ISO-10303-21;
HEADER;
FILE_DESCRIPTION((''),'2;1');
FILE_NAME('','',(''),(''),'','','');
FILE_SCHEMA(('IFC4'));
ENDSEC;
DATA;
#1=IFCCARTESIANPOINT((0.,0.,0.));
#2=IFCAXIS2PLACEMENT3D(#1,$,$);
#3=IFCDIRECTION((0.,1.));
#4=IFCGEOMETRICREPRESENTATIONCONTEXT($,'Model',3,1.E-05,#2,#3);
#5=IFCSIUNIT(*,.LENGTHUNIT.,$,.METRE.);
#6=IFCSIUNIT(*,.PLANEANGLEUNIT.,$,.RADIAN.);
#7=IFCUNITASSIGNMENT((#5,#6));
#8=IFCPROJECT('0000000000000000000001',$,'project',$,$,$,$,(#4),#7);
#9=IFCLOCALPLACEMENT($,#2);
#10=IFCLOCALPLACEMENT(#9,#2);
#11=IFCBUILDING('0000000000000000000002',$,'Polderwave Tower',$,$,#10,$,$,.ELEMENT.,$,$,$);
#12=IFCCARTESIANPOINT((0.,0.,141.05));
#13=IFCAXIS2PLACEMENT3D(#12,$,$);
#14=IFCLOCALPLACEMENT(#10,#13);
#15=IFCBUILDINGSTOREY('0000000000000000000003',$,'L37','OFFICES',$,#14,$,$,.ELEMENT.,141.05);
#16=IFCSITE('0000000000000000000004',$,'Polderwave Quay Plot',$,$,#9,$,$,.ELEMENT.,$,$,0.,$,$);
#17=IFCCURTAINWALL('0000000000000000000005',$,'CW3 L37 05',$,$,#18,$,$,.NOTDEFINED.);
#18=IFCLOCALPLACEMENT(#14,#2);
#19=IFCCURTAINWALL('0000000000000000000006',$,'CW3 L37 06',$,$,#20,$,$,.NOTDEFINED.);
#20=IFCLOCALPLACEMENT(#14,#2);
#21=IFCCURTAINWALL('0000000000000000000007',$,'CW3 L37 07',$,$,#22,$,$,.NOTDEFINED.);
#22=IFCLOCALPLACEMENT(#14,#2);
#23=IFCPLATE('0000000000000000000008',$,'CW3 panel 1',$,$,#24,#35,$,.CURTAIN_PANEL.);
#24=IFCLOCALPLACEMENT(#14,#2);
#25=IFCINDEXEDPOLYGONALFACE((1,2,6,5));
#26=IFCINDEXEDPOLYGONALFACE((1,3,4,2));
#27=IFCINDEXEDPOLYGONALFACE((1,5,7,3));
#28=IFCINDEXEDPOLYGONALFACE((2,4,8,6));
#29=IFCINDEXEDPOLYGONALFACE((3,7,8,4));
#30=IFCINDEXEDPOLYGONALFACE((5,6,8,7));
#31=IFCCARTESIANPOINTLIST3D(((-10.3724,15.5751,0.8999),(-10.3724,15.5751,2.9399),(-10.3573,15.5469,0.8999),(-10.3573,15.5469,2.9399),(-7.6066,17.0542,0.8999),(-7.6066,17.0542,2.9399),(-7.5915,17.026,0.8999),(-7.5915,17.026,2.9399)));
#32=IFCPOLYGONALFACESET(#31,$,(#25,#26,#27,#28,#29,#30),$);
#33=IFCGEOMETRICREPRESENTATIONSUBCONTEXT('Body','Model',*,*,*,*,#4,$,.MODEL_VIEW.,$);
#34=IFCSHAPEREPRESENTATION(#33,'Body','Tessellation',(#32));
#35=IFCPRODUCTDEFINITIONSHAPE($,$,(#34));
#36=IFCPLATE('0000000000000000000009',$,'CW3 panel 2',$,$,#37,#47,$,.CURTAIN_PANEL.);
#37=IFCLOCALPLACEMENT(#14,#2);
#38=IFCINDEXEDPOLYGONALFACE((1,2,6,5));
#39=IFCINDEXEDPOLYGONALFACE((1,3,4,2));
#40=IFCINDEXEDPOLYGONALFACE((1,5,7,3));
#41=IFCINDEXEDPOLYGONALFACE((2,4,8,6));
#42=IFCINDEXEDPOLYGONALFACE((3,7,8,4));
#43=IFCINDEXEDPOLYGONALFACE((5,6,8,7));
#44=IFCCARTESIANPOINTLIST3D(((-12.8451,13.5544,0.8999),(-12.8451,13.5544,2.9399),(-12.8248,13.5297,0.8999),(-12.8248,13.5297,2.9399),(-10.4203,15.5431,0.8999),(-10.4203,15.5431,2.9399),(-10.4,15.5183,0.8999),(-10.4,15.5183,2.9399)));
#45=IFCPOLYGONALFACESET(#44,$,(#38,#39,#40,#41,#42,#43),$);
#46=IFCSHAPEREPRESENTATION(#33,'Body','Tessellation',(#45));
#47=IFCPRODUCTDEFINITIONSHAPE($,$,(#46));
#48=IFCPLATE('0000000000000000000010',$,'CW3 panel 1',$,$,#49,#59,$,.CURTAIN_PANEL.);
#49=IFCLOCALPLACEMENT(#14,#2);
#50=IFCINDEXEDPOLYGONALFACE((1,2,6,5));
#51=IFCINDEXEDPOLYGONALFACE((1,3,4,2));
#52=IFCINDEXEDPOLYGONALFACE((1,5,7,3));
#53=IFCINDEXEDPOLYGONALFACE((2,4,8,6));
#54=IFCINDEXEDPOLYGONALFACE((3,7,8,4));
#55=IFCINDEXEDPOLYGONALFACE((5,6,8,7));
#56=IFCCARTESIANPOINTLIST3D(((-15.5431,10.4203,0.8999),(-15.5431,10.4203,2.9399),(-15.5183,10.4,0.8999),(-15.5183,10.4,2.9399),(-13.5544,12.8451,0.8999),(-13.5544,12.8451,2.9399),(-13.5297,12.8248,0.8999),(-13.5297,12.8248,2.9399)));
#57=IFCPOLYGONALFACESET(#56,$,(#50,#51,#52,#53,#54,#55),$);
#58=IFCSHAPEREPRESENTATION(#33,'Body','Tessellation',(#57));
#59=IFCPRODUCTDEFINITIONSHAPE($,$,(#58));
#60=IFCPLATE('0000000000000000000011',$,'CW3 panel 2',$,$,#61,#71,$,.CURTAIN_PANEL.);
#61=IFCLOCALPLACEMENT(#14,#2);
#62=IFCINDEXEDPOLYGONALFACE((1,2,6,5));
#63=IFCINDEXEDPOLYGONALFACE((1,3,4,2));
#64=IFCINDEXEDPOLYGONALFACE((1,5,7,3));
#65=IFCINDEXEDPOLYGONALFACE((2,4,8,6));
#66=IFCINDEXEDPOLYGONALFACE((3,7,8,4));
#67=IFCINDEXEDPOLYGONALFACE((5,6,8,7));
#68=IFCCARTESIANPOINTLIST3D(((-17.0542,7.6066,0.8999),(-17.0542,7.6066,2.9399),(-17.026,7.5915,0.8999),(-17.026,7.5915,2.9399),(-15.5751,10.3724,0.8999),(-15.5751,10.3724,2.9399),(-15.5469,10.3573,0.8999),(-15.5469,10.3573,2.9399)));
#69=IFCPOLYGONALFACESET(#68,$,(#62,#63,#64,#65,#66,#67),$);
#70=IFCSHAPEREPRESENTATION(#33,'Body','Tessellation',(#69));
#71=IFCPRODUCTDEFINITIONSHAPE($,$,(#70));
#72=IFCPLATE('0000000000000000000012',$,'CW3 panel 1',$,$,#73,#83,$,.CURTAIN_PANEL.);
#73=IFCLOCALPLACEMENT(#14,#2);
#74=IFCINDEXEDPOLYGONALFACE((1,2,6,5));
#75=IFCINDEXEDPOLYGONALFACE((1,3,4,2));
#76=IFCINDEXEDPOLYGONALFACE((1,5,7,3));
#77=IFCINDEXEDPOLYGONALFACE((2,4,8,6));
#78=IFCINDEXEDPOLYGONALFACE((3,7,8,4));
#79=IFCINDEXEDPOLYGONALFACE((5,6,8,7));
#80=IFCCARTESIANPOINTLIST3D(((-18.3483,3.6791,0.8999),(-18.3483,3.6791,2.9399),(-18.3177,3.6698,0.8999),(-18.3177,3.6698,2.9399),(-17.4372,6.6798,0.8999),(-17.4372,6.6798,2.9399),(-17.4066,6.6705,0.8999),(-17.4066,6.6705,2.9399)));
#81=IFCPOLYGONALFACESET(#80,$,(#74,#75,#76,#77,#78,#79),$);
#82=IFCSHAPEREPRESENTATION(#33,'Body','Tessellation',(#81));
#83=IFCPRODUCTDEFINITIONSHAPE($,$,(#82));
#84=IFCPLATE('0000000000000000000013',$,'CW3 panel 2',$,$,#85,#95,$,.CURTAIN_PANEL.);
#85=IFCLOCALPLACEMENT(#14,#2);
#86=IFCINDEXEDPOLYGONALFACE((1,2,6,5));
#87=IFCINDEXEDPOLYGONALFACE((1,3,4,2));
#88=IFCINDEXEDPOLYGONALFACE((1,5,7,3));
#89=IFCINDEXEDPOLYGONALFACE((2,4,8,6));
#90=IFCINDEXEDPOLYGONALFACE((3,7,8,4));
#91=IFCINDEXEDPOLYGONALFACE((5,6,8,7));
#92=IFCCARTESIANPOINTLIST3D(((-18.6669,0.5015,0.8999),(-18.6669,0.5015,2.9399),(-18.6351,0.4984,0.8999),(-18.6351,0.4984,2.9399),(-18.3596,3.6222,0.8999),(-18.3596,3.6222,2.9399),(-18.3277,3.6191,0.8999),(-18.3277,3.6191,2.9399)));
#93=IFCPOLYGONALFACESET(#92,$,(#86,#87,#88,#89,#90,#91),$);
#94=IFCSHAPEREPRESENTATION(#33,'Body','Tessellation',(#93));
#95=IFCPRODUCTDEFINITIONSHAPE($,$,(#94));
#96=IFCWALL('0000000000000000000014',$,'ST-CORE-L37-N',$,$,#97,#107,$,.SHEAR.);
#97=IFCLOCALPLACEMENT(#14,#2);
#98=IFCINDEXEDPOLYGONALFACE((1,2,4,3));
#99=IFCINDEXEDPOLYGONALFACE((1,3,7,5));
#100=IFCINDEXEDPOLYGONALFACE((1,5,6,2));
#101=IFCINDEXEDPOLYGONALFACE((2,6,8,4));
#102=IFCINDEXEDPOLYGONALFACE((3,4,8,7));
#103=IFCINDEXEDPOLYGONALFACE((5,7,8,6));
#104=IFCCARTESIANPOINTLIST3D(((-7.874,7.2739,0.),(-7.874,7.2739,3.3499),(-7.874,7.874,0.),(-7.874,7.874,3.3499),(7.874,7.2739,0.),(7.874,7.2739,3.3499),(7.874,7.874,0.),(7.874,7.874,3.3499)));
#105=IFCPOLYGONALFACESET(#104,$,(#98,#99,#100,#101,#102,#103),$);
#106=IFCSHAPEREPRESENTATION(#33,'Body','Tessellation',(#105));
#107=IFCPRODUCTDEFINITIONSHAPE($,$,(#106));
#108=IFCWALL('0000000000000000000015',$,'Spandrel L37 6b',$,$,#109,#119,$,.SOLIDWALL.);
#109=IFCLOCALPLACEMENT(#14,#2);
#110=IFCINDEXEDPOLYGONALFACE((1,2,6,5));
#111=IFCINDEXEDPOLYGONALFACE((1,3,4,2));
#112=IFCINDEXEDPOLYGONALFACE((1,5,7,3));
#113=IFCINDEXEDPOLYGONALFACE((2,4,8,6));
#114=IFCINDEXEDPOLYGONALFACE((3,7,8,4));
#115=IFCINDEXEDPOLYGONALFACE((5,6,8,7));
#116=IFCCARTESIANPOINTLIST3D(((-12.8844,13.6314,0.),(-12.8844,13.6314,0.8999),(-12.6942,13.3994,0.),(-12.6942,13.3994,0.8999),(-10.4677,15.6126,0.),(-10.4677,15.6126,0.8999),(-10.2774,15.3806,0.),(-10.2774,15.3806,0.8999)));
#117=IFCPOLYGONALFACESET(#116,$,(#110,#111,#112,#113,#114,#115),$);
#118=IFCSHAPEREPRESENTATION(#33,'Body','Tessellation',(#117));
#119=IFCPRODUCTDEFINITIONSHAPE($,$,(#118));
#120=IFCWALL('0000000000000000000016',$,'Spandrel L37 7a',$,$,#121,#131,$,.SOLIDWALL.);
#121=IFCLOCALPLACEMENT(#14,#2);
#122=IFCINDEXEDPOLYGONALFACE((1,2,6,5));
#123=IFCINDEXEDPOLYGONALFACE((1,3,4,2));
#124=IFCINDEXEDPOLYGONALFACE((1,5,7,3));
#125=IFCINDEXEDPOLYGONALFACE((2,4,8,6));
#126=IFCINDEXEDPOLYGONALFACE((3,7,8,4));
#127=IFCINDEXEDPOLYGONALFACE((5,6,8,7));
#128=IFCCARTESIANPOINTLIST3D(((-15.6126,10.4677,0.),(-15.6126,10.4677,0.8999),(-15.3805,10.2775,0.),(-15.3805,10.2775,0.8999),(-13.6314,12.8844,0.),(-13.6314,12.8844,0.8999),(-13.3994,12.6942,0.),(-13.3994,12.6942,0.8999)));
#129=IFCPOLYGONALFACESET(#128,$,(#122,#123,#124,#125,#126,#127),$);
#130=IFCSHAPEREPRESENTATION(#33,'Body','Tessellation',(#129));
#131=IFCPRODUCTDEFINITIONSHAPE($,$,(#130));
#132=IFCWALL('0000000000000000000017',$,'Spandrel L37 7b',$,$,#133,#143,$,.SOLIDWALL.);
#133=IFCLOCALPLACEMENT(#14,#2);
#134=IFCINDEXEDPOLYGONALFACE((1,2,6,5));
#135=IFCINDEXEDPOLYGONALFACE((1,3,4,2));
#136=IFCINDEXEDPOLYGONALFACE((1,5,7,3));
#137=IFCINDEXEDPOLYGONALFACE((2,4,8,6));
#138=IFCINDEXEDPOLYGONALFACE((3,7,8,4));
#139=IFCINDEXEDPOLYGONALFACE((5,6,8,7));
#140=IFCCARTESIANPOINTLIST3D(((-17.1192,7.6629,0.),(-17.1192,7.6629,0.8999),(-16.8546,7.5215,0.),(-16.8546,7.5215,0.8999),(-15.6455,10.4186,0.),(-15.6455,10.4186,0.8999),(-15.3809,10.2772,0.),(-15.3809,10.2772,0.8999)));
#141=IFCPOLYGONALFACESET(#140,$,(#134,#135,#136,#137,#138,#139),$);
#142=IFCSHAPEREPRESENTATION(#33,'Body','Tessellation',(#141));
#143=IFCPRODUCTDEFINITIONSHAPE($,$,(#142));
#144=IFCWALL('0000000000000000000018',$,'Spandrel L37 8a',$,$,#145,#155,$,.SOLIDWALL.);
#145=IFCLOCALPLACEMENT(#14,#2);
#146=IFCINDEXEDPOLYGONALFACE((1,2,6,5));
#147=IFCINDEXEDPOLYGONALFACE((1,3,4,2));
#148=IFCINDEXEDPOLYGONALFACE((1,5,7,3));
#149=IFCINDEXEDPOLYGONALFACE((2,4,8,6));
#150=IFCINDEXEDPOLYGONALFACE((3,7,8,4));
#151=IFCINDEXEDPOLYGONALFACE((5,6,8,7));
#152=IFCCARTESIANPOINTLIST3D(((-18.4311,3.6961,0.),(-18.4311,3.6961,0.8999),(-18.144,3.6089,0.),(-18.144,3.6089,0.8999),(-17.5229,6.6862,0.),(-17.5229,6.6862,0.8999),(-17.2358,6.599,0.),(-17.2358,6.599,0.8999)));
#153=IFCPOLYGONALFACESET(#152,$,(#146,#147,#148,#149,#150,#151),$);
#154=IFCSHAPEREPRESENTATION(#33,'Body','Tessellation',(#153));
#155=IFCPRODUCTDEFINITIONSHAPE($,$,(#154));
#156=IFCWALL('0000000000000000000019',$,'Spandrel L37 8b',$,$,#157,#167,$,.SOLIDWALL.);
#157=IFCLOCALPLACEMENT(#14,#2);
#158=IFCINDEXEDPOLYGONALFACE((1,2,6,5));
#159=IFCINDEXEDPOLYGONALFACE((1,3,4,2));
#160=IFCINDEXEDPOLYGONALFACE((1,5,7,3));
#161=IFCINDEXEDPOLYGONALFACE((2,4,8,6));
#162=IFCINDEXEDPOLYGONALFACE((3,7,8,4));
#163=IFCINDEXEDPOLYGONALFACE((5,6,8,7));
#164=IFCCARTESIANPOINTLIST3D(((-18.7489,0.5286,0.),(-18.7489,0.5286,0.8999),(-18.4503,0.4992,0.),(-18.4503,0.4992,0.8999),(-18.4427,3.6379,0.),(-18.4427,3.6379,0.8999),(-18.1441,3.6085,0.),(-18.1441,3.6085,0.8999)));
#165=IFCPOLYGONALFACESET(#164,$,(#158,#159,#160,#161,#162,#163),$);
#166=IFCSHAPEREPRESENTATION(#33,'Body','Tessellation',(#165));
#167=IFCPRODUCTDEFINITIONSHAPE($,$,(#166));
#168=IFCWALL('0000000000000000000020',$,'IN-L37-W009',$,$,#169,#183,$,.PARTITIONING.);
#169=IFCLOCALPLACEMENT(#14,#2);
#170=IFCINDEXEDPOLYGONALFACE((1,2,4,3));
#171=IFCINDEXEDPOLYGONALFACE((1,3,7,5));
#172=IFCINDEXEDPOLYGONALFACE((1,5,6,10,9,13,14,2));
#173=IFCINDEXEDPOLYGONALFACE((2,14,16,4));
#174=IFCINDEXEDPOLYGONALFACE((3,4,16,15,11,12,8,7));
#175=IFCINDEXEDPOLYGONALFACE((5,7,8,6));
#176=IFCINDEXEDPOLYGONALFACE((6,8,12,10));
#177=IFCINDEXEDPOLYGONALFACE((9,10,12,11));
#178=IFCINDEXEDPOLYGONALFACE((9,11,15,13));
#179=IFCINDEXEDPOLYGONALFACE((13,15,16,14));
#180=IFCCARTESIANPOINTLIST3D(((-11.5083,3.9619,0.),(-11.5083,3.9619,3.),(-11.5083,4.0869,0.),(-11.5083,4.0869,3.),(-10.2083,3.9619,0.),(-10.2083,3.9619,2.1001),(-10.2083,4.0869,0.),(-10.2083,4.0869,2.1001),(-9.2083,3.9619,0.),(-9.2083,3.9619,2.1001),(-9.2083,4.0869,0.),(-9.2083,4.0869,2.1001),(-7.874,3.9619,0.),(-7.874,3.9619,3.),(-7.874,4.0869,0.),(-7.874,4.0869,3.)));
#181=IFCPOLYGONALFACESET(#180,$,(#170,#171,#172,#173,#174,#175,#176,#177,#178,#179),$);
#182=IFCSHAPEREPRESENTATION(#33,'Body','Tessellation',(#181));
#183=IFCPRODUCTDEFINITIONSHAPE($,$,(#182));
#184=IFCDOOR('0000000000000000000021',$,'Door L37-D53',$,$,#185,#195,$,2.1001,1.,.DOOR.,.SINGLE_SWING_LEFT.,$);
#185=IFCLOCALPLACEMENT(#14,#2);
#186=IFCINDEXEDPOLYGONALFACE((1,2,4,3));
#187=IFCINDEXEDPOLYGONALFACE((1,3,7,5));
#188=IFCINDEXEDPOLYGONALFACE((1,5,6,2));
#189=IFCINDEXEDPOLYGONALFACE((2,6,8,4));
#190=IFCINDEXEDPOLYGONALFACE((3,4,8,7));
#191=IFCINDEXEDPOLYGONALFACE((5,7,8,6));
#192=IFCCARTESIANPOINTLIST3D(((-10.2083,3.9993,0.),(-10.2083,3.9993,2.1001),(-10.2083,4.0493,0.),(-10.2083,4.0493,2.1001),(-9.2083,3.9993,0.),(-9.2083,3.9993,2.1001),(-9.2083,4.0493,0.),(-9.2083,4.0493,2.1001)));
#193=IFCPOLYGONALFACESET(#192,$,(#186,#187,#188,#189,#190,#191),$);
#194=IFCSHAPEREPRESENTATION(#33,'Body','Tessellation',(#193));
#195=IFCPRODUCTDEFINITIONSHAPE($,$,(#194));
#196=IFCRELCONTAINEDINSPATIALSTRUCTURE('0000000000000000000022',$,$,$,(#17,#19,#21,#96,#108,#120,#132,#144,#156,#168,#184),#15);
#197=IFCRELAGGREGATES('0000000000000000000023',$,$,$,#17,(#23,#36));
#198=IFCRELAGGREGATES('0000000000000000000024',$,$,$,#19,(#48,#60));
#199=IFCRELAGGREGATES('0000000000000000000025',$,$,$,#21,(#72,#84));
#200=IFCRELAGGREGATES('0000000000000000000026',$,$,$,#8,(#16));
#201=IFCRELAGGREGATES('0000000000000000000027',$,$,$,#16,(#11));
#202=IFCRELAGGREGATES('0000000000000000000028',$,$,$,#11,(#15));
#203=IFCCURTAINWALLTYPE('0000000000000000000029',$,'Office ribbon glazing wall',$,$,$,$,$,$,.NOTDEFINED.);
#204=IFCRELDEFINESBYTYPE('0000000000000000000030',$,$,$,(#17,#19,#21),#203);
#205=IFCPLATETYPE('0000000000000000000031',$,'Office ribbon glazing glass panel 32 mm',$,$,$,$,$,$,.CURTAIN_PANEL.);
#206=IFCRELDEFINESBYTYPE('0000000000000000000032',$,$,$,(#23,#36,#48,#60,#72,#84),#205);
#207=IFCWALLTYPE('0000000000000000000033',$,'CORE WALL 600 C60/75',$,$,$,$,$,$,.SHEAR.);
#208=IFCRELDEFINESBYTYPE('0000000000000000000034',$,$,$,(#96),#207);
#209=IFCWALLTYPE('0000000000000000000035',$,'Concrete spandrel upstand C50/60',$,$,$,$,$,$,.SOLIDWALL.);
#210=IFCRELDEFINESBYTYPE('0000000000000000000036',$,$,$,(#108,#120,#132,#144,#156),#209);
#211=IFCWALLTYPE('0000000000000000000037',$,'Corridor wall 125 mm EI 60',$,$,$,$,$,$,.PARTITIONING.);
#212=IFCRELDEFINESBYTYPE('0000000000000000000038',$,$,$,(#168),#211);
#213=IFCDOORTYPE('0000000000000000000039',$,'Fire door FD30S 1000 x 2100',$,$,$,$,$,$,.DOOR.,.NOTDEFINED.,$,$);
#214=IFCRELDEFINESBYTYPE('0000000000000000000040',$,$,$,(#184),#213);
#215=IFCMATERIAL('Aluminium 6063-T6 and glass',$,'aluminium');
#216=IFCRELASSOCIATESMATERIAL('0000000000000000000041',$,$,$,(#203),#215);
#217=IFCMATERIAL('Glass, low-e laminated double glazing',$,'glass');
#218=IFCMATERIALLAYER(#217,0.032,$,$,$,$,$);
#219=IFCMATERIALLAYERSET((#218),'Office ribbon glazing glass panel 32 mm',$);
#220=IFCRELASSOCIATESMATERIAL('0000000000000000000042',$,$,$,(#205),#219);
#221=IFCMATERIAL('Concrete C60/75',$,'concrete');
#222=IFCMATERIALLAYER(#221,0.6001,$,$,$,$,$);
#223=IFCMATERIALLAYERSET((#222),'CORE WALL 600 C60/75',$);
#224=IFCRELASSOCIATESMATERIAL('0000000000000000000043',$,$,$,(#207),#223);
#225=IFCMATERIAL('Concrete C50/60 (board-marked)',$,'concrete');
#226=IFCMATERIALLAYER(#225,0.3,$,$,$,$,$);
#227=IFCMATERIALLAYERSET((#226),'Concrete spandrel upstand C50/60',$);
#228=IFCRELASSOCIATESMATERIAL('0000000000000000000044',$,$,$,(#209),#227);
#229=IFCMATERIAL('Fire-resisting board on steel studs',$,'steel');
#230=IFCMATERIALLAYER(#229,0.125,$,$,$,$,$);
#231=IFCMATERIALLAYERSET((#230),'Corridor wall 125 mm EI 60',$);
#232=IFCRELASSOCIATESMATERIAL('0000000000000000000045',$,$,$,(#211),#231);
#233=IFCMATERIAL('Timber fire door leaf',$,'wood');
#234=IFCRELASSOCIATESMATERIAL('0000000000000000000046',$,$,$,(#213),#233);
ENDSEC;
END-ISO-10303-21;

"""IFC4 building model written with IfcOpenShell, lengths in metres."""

from ifc_helpers import new_model, si_unit, direction, frame, frame_2d, origin, origin_2d, place, context, subcontext, project, spatial, rectangle, extrude, material, layer, layer_set, type_object, element, fill, aggregate, save


model = new_model("IFC4")

# Units and contexts
model_context = context("Model", 3, precision=1e-05, world=origin(), true_north=direction((0.0, 1.0)))
body_context = subcontext(model_context, "Body", "Model", "MODEL_VIEW")
ifc_project = project(units=[si_unit("LENGTHUNIT", "METRE"), si_unit("PLANEANGLEUNIT", "RADIAN")], contexts=[model_context])

# Site, building, storey
site_placement = place(None, origin())
site = spatial("IfcSite", under=ifc_project, at=site_placement, Name="Polderwave Quay Plot", CompositionType="ELEMENT", RefElevation=0.0)
building_placement = place(site_placement, origin())
building = spatial("IfcBuilding", under=site, at=building_placement, Name="Polderwave Tower", CompositionType="ELEMENT")
storey_placement = place(building_placement, frame((0.0, 0.0, 141.05)))
storey = spatial("IfcBuildingStorey", under=building, at=storey_placement, Name="L37", Description="OFFICES", CompositionType="ELEMENT", Elevation=141.05)

# Shared definitions
ifc_material_1 = material(Name="Concrete C60/75", Category="concrete")

# Curtain walls
ifc_material_2 = material(Name="Aluminium 6063-T6 and glass", Category="aluminium")
curtain_wall_type = type_object("IfcCurtainWallType", Name="Office ribbon glazing wall", PredefinedType="NOTDEFINED", material=ifc_material_2)
curtain_wall_1_placement = place(storey_placement, origin())
curtain_wall_1 = element("IfcCurtainWall", 1, at=curtain_wall_1_placement, inside=storey, type_object=curtain_wall_type, Name="CW3 L37 05", PredefinedType="NOTDEFINED")
curtain_wall_2_placement = place(storey_placement, origin())
curtain_wall_2 = element("IfcCurtainWall", 2, at=curtain_wall_2_placement, inside=storey, type_object=curtain_wall_type, Name="CW3 L37 06", PredefinedType="NOTDEFINED")
curtain_wall_3_placement = place(storey_placement, origin())
curtain_wall_3 = element("IfcCurtainWall", 3, at=curtain_wall_3_placement, inside=storey, type_object=curtain_wall_type, Name="CW3 L37 07", PredefinedType="NOTDEFINED")

# Plates
ifc_material_3 = material(Name="Glass, low-e laminated double glazing", Category="glass")
ifc_layer_1 = layer(ifc_material_3, 0.032)
ifc_layer_set_1 = layer_set([ifc_layer_1], Name="Office ribbon glazing glass panel 32 mm")
plate_type = type_object("IfcPlateType", Name="Office ribbon glazing glass panel 32 mm", PredefinedType="CURTAIN_PANEL", material=ifc_layer_set_1)
plate_1_placement = place(storey_placement, frame((-8.9819, 16.3005, 0.8999), z_axis=(0.0, 0.0, 1.0), x_axis=(-0.881827, -0.471572, 0.0)))
plate_1 = element("IfcPlate", 4, at=plate_1_placement, type_object=plate_type, Name="CW3 panel 1", PredefinedType="CURTAIN_PANEL", context=body_context, shape_type="SweptSolid", body=[
    extrude(rectangle(XDim=3.1365, YDim=0.032, at=origin_2d()), origin(), (0.0, 0.0, 1.0), 2.04),
])
plate_2_placement = place(storey_placement, frame((-11.6226, 14.5364, 0.8999), z_axis=(0.0, 0.0, 1.0), x_axis=(-0.773224, -0.634133, 0.0)))
plate_2 = element("IfcPlate", 5, at=plate_2_placement, type_object=plate_type, Name="CW3 panel 2", PredefinedType="CURTAIN_PANEL", context=body_context, shape_type="SweptSolid", body=[
    extrude(rectangle(XDim=3.136, YDim=0.032, at=origin_2d()), origin(), (0.0, 0.0, 1.0), 2.04),
])
aggregate(curtain_wall_1, [plate_1, plate_2])
plate_3_placement = place(storey_placement, frame((-14.5364, 11.6226, 0.8999), z_axis=(0.0, 0.0, 1.0), x_axis=(-0.634133, -0.773224, 0.0)))
plate_3 = element("IfcPlate", 6, at=plate_3_placement, type_object=plate_type, Name="CW3 panel 1", PredefinedType="CURTAIN_PANEL", context=body_context, shape_type="SweptSolid", body=[
    extrude(rectangle(XDim=3.136, YDim=0.032, at=origin_2d()), origin(), (0.0, 0.0, 1.0), 2.04),
])
plate_4_placement = place(storey_placement, frame((-16.3005, 8.9819, 0.8999), z_axis=(0.0, 0.0, 1.0), x_axis=(-0.471572, -0.881827, 0.0)))
plate_4 = element("IfcPlate", 7, at=plate_4_placement, type_object=plate_type, Name="CW3 panel 2", PredefinedType="CURTAIN_PANEL", context=body_context, shape_type="SweptSolid", body=[
    extrude(rectangle(XDim=3.1365, YDim=0.032, at=origin_2d()), origin(), (0.0, 0.0, 1.0), 2.04),
])
aggregate(curtain_wall_2, [plate_3, plate_4])
plate_5_placement = place(storey_placement, frame((-17.8774, 5.1748, 0.8999), z_axis=(0.0, 0.0, 1.0), x_axis=(-0.290507, -0.956873, 0.0)))
plate_5 = element("IfcPlate", 8, at=plate_5_placement, type_object=plate_type, Name="CW3 panel 1", PredefinedType="CURTAIN_PANEL", context=body_context, shape_type="SweptSolid", body=[
    extrude(rectangle(XDim=3.136, YDim=0.032, at=origin_2d()), origin(), (0.0, 0.0, 1.0), 2.04),
])
plate_6_placement = place(storey_placement, frame((-18.4973, 2.0603, 0.8999), z_axis=(0.0, 0.0, 1.0), x_axis=(-0.098002, -0.995186, 0.0)))
plate_6 = element("IfcPlate", 9, at=plate_6_placement, type_object=plate_type, Name="CW3 panel 2", PredefinedType="CURTAIN_PANEL", context=body_context, shape_type="SweptSolid", body=[
    extrude(rectangle(XDim=3.1357, YDim=0.032, at=origin_2d()), origin(), (0.0, 0.0, 1.0), 2.04),
])
aggregate(curtain_wall_3, [plate_5, plate_6])

# Walls
ifc_layer_2 = layer(ifc_material_1, 0.6001)
ifc_layer_set_2 = layer_set([ifc_layer_2], Name="CORE WALL 600 C60/75")
wall_type_1 = type_object("IfcWallType", Name="CORE WALL 600 C60/75", PredefinedType="SHEAR", material=ifc_layer_set_2)
wall_1_placement = place(storey_placement, frame((-7.874, 7.574, 0.0), z_axis=(0.0, 0.0, 1.0), x_axis=(1.0, 0.0, 0.0)))
element("IfcWall", 10, at=wall_1_placement, inside=storey, type_object=wall_type_1, Name="ST-CORE-L37-N", PredefinedType="SHEAR", context=body_context, shape_type="SweptSolid", body=[
    extrude(rectangle(XDim=15.748, YDim=0.6001, at=frame_2d((7.874, 0.0))), origin(), (0.0, 0.0, 1.0), 3.3499),
])
ifc_material_4 = material(Name="Concrete C50/60 (board-marked)", Category="concrete")
ifc_layer_3 = layer(ifc_material_4, 0.3)
ifc_layer_set_3 = layer_set([ifc_layer_3], Name="Concrete spandrel upstand C50/60")
wall_type_2 = type_object("IfcWallType", Name="Concrete spandrel upstand C50/60", PredefinedType="SOLIDWALL", material=ifc_layer_set_3)
for number, where, z_axis, x_axis, name in (
    (11, (-10.3726, 15.4966, 0.0), (0.0, 0.0, 1.0), (-0.773351, -0.633978, 0.0), "Spandrel L37 6b"),
    (12, (-13.5154, 12.7893, 0.0), (0.0, 0.0, 1.0), (-0.633978, -0.773351, 0.0), "Spandrel L37 7a"),
    (13, (-15.5132, 10.3479, 0.0), (0.0, 0.0, 1.0), (-0.471577, -0.881825, 0.0), "Spandrel L37 7b"),
    (14, (-17.3794, 6.6426, 0.0), (0.0, 0.0, 1.0), (-0.290614, -0.95684, 0.0), "Spandrel L37 8a"),
):
    element("IfcWall", number, at=place(storey_placement, frame(where, z_axis=z_axis, x_axis=x_axis)), inside=storey, type_object=wall_type_2, Name=name, PredefinedType="SOLIDWALL", context=body_context, shape_type="SweptSolid", body=[
        extrude(rectangle(XDim=3.125, YDim=0.3, at=frame_2d((1.5625, 0.0))), origin(), (0.0, 0.0, 1.0), 0.8999),
    ])
wall_2_placement = place(storey_placement, frame((-18.2935, 3.623, 0.0), z_axis=(0.0, 0.0, 1.0), x_axis=(-0.097995, -0.995187, 0.0)))
element("IfcWall", 15, at=wall_2_placement, inside=storey, type_object=wall_type_2, Name="Spandrel L37 8b", PredefinedType="SOLIDWALL", context=body_context, shape_type="SweptSolid", body=[
    extrude(rectangle(XDim=3.1243, YDim=0.3, at=frame_2d((1.562, 0.0))), origin(), (0.0, 0.0, 1.0), 0.8999),
])

# Wall, opening, door
ifc_material_5 = material(Name="Fire-resisting board on steel studs", Category="steel")
ifc_layer_4 = layer(ifc_material_5, 0.125)
ifc_layer_set_4 = layer_set([ifc_layer_4], Name="Corridor wall 125 mm EI 60")
wall_type_3 = type_object("IfcWallType", Name="Corridor wall 125 mm EI 60", PredefinedType="PARTITIONING", material=ifc_layer_set_4)
wall_3_placement = place(storey_placement, frame((-11.5083, 4.0244, 0.0), z_axis=(0.0, 0.0, 1.0), x_axis=(1.0, 0.0, 0.0)))
wall_3 = element("IfcWall", 16, at=wall_3_placement, inside=storey, type_object=wall_type_3, Name="IN-L37-W009", PredefinedType="PARTITIONING", context=body_context, shape_type="SweptSolid", body=[
    extrude(rectangle(XDim=3.6343, YDim=0.125, at=frame_2d((1.8171, 0.0))), origin(), (0.0, 0.0, 1.0), 3.0),
])
opening_1_placement = place(wall_3_placement, frame((1.3, 0.0, 0.0)))
opening_1 = element("IfcOpeningElement", 17, at=opening_1_placement, cuts=wall_3, PredefinedType="OPENING", context=body_context, shape_type="SweptSolid", body=[
    extrude(rectangle(XDim=1.0, YDim=2.1001, at=frame_2d((0.5, 1.05))), frame((0.0, 0.0725, 0.0), z_axis=(0.0, -1.0, 0.0), x_axis=(1.0, 0.0, 0.0)), (0.0, 0.0, 1.0), 0.145),
])
ifc_material_6 = material(Name="Timber fire door leaf", Category="wood")
door_type_1 = type_object("IfcDoorType", Name="Fire door FD30S 1000 x 2100", OperationType="NOTDEFINED", PredefinedType="DOOR", material=ifc_material_6)
door_1_placement = place(opening_1_placement, origin())
door_1 = element("IfcDoor", 18, at=door_1_placement, inside=storey, type_object=door_type_1, Name="Door L37-D53", OperationType="SINGLE_SWING_LEFT", OverallHeight=2.1001, OverallWidth=1.0, PredefinedType="DOOR", context=body_context, shape_type="SweptSolid", body=[
    extrude(rectangle(XDim=1.0, YDim=2.1001, at=frame_2d((0.5, 1.05))), frame((0.0, 0.0249, 0.0), z_axis=(0.0, -1.0, 0.0), x_axis=(1.0, 0.0, 0.0)), (0.0, 0.0, 1.0), 0.05),
])
fill(opening_1, door_1)

save(model, "model.ifc")
